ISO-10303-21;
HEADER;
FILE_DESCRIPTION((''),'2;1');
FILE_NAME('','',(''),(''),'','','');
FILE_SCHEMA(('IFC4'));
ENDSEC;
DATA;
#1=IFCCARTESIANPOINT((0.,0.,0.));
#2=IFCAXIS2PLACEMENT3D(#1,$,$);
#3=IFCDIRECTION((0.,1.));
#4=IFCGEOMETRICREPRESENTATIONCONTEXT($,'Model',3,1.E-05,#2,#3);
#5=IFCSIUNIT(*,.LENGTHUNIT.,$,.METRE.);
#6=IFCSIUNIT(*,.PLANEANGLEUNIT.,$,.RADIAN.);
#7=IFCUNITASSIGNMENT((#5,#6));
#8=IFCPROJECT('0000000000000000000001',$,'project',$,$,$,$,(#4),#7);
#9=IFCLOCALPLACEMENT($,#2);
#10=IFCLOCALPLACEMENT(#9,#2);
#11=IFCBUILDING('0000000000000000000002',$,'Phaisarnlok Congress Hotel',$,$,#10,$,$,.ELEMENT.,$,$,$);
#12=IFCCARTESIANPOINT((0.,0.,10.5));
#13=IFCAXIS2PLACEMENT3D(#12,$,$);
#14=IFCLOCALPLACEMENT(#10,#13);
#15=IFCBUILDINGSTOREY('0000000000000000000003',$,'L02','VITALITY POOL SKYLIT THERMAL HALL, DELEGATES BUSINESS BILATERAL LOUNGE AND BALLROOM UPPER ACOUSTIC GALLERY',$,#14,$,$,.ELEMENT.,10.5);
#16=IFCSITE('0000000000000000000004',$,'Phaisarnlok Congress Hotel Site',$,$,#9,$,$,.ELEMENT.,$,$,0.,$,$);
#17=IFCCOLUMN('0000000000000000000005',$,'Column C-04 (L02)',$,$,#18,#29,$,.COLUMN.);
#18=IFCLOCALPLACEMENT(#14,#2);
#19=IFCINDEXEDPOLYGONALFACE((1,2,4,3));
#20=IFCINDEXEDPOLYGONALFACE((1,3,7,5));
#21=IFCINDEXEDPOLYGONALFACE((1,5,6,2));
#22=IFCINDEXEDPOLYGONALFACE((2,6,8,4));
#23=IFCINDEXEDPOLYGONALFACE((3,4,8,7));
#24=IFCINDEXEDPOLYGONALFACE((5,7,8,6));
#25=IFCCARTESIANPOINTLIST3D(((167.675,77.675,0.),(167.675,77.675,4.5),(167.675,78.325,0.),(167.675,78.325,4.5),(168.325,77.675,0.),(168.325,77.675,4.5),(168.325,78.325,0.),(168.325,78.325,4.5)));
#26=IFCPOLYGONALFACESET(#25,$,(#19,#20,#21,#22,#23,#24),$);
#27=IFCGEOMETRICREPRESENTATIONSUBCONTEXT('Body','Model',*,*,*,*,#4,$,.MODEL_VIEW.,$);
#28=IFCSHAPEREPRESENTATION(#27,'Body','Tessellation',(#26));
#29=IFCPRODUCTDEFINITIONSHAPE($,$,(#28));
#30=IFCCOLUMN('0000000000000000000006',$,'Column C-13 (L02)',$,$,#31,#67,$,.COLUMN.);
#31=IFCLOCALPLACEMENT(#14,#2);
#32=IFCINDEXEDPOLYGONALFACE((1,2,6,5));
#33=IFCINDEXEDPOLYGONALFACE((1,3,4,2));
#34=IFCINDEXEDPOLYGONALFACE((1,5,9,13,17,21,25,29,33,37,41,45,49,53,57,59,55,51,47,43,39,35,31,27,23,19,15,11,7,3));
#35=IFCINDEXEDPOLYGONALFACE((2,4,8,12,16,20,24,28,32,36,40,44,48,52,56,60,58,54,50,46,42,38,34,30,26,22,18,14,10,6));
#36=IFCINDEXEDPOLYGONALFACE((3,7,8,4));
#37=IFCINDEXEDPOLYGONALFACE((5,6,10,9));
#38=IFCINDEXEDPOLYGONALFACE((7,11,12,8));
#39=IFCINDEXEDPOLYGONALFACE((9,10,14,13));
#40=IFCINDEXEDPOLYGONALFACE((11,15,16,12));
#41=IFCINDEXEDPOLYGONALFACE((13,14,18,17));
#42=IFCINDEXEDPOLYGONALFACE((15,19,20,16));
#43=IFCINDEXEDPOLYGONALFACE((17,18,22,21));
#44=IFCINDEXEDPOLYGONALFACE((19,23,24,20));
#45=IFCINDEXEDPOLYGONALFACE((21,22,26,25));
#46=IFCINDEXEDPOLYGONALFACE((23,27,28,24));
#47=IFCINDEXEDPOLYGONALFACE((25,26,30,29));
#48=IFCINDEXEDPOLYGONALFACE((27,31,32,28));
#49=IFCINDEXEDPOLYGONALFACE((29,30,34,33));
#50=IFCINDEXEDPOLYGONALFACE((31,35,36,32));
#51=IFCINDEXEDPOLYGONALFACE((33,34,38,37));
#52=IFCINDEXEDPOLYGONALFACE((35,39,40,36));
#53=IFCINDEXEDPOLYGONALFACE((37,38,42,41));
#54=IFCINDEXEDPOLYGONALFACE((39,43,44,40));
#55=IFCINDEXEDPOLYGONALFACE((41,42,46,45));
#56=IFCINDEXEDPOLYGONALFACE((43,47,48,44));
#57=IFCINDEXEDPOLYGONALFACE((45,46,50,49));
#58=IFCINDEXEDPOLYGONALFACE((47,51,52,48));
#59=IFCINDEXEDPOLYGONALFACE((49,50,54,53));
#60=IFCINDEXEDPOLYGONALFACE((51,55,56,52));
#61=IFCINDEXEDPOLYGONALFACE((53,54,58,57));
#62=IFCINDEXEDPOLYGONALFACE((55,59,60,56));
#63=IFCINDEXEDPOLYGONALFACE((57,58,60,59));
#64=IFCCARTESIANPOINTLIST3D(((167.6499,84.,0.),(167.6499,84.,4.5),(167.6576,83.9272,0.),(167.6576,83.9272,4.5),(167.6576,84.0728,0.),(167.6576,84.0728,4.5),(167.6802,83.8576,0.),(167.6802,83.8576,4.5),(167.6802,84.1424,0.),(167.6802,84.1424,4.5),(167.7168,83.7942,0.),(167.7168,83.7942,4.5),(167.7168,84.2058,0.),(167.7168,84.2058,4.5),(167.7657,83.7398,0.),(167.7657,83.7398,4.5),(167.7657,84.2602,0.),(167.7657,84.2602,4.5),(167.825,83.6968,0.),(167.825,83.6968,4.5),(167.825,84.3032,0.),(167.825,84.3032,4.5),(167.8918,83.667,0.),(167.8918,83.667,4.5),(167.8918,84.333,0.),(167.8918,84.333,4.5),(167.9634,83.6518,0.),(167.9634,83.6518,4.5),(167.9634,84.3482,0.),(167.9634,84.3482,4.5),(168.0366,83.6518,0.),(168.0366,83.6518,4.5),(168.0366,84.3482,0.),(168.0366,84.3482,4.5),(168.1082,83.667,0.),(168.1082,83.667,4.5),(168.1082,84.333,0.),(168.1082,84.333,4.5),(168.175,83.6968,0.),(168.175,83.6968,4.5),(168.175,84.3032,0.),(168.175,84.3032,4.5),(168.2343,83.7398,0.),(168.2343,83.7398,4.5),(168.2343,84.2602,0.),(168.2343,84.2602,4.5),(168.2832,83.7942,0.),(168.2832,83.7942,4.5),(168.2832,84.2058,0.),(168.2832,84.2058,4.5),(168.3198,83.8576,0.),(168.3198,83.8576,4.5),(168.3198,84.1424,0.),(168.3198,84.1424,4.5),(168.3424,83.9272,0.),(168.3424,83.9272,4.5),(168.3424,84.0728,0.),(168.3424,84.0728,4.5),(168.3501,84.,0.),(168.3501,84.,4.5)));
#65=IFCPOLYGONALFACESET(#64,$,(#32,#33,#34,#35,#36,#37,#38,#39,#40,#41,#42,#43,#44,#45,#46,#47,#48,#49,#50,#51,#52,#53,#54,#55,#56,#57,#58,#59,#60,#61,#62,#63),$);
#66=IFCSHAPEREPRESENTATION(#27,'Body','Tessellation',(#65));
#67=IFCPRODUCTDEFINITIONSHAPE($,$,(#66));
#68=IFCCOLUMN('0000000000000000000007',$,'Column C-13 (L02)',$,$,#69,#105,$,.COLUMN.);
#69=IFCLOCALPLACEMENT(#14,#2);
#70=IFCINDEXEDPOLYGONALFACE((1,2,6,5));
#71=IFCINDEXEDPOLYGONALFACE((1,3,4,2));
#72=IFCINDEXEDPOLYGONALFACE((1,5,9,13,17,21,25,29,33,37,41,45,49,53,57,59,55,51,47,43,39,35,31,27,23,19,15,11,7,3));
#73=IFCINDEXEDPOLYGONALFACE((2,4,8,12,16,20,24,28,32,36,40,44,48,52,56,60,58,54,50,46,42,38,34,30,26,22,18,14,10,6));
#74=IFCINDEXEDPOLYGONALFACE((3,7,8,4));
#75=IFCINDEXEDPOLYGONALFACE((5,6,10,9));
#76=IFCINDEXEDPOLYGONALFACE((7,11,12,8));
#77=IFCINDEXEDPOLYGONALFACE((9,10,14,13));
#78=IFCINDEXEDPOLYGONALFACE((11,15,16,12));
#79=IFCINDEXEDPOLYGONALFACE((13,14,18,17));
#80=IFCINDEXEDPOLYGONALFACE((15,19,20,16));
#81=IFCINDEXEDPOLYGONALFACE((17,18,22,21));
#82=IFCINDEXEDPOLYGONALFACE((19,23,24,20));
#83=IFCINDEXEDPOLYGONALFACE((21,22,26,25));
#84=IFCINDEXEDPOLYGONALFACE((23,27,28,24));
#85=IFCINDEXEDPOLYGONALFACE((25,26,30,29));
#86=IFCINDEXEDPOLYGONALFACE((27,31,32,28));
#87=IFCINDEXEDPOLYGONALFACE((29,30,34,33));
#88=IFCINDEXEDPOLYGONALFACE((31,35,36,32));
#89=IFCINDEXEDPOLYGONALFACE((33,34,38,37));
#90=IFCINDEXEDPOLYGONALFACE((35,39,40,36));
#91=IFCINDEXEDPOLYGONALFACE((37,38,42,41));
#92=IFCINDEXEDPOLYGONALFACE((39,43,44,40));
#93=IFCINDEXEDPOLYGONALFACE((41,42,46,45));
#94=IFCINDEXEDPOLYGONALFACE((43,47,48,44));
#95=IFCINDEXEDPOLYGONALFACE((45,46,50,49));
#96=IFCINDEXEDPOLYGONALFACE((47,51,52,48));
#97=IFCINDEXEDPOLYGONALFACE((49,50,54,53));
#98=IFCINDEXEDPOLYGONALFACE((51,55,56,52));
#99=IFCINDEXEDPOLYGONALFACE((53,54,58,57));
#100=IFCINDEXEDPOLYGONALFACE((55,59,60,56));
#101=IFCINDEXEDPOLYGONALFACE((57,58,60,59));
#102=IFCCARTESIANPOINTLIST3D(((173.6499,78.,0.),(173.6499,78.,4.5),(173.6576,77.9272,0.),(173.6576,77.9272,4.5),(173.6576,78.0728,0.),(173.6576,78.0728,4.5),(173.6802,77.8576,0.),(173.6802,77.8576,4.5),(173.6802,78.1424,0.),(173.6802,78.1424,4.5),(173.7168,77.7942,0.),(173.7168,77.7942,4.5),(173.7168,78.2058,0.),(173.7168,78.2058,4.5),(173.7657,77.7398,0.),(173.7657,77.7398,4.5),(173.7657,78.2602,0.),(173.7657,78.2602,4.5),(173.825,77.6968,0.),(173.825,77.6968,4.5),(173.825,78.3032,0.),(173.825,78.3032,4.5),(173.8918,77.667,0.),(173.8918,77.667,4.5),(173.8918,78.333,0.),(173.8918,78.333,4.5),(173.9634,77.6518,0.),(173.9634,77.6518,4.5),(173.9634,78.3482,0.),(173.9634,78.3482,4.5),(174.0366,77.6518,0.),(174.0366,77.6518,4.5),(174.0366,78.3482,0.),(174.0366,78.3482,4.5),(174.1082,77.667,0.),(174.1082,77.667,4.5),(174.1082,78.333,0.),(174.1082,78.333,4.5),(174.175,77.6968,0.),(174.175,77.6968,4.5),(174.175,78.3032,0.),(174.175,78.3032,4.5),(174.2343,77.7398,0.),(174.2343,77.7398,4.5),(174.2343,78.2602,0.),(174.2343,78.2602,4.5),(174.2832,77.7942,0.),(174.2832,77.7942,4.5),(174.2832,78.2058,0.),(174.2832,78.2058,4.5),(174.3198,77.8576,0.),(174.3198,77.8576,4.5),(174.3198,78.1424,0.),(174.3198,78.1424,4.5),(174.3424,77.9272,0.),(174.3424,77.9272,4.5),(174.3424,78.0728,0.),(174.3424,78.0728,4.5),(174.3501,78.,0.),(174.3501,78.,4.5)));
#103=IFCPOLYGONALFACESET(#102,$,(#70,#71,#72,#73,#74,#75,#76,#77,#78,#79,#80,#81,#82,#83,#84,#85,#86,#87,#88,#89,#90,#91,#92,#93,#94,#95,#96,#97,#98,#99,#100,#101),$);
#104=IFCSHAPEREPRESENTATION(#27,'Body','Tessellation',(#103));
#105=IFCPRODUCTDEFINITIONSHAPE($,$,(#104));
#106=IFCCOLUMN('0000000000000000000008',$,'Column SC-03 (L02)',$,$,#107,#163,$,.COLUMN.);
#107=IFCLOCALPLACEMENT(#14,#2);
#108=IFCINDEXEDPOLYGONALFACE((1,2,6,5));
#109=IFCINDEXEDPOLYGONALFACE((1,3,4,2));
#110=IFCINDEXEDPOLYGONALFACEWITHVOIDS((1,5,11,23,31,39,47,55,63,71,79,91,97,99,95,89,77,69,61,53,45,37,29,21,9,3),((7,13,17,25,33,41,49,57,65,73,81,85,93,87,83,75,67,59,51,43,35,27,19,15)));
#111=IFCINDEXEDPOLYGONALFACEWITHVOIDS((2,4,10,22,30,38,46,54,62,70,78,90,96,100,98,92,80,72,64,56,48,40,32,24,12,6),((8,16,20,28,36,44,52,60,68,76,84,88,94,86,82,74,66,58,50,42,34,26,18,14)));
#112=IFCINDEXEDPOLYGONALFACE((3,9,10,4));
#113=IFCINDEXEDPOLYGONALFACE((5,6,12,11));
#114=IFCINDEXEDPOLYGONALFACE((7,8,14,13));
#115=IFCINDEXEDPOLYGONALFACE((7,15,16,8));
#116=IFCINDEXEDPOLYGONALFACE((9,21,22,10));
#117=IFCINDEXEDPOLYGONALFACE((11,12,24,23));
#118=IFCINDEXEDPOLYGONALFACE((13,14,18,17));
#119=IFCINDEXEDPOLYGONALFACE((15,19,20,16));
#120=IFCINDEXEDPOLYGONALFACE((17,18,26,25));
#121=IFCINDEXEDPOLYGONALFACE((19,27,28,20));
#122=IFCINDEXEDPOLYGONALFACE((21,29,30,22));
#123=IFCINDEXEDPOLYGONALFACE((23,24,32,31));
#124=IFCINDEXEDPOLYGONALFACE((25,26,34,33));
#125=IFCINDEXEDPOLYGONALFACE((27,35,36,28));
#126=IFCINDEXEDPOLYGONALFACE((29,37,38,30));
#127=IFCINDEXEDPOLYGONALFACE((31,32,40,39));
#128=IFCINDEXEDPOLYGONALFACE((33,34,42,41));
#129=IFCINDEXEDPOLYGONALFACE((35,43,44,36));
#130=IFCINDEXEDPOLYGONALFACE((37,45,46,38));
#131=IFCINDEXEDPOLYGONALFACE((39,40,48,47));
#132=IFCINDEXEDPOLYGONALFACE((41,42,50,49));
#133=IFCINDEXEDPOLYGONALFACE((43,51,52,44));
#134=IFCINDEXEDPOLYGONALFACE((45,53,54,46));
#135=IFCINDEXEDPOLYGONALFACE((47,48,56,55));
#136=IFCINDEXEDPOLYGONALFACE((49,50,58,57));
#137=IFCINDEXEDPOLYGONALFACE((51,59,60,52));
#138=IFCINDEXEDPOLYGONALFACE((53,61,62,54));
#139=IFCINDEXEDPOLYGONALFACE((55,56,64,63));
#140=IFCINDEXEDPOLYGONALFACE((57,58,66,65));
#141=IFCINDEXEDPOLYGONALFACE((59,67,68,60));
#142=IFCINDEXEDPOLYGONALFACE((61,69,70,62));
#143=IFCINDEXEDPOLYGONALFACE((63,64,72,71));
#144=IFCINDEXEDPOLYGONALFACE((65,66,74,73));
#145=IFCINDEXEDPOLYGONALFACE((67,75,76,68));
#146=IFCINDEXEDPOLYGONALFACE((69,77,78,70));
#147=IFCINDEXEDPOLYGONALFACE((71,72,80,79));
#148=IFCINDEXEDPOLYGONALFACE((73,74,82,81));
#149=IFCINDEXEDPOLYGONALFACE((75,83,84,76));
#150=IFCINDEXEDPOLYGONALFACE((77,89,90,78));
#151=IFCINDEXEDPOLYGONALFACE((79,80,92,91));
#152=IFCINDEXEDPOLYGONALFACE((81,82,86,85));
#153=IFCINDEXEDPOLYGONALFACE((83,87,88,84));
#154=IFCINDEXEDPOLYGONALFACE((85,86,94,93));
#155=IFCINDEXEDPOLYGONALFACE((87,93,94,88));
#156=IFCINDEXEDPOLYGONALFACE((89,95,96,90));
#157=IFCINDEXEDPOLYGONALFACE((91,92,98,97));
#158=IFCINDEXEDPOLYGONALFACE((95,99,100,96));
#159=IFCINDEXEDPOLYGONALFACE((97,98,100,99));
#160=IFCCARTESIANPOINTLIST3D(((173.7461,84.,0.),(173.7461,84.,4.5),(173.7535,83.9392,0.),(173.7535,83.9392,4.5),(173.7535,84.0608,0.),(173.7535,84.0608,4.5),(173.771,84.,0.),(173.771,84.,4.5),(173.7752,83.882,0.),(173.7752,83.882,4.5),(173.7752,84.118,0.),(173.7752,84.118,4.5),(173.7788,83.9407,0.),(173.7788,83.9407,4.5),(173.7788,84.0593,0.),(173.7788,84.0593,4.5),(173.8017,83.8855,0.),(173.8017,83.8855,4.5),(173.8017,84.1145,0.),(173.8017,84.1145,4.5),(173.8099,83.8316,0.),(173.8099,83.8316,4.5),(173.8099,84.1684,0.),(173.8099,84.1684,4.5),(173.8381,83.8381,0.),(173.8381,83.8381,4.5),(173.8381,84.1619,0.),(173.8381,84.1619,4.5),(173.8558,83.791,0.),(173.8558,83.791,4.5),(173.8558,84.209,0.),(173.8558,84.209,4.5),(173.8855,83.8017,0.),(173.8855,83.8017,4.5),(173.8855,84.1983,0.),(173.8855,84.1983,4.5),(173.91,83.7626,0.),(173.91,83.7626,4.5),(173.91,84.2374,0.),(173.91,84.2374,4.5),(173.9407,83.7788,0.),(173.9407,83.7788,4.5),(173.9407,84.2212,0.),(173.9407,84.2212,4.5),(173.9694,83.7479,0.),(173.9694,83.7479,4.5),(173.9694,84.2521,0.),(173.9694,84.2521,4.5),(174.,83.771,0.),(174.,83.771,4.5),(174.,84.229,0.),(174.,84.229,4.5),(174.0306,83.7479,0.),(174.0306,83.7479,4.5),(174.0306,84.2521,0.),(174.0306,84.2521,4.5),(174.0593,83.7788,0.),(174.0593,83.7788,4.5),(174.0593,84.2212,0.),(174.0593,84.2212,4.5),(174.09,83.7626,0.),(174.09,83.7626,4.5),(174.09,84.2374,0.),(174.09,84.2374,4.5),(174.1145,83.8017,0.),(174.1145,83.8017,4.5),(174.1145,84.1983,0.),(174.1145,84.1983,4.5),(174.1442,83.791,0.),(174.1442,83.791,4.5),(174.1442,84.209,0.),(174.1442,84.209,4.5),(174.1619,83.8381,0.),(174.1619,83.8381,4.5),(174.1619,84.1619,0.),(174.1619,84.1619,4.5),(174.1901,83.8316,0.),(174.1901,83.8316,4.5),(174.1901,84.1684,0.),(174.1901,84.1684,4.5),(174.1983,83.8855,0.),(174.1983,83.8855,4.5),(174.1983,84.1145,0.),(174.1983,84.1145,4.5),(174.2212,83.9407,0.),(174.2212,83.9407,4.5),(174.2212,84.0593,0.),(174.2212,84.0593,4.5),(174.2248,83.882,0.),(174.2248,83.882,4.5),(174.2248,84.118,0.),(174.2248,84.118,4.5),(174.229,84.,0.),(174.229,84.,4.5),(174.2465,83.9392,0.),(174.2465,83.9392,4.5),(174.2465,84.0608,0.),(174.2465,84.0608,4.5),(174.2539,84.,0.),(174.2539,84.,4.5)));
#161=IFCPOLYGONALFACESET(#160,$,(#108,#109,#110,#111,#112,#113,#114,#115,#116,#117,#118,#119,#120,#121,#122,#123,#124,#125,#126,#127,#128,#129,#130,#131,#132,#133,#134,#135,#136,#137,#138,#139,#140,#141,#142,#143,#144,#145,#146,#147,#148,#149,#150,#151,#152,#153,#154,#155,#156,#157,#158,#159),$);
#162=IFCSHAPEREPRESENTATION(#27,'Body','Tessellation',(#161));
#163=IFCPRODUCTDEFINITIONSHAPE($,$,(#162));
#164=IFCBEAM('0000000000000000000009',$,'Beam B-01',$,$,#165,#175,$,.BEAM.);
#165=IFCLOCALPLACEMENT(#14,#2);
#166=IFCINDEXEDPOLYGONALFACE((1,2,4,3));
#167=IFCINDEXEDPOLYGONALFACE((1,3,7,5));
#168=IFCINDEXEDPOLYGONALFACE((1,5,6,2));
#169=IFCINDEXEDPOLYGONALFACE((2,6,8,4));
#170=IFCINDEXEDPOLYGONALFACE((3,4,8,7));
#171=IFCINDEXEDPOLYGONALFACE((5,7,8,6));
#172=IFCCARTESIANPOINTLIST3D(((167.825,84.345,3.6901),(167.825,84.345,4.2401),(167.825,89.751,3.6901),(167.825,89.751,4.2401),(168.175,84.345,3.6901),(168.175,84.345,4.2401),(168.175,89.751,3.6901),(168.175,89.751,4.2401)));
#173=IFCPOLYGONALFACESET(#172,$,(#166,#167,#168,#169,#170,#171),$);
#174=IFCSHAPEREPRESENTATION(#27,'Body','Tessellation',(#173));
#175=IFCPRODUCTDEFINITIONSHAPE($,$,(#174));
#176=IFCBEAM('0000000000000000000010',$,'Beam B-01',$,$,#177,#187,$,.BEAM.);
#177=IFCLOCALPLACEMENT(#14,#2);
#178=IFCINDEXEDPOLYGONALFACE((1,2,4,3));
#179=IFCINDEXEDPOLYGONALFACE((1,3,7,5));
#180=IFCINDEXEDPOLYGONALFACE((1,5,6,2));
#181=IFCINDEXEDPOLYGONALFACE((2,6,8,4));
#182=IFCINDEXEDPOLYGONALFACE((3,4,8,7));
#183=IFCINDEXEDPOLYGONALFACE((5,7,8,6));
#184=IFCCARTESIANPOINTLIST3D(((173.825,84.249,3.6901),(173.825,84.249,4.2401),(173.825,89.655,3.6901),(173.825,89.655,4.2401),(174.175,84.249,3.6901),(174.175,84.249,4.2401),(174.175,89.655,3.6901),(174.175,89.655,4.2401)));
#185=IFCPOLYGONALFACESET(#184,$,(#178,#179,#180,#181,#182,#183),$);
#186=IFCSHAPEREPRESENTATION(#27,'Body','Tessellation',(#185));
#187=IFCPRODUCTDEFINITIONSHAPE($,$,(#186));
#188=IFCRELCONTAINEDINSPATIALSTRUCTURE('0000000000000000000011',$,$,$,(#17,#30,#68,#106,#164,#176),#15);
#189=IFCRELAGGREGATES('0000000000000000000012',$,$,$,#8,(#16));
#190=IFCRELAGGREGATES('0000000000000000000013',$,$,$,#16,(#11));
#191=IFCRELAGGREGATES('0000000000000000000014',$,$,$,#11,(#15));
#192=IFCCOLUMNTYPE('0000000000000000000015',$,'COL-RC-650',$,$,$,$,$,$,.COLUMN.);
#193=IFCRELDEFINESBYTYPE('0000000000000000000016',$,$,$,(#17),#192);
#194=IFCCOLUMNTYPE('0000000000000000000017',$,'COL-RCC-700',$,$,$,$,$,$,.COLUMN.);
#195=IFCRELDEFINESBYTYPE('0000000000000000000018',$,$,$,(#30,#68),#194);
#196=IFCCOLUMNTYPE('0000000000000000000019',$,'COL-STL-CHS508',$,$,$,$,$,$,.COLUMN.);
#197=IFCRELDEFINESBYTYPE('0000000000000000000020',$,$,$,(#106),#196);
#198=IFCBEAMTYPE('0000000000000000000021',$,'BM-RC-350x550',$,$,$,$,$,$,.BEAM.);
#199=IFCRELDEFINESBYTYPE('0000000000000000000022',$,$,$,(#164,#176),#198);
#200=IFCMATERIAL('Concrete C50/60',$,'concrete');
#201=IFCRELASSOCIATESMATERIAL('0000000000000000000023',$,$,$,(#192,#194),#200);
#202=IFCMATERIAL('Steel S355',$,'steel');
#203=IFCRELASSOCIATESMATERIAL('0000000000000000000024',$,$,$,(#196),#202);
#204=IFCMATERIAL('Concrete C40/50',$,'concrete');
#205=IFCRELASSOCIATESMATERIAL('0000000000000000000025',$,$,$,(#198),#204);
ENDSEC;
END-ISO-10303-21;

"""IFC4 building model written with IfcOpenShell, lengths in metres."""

from ifc_helpers import new_model, si_unit, direction, frame, origin, origin_2d, place, context, subcontext, project, spatial, rectangle, circle, hollow_circle, extrude, material, material_profile, profile_set, type_object, element, save


model = new_model("IFC4")

# Units and contexts
model_context = context("Model", 3, precision=1e-05, world=origin(), true_north=direction((0.0, 1.0)))
body_context = subcontext(model_context, "Body", "Model", "MODEL_VIEW")
ifc_project = project(units=[si_unit("LENGTHUNIT", "METRE"), si_unit("PLANEANGLEUNIT", "RADIAN")], contexts=[model_context])

# Site, building, storey
site_placement = place(None, origin())
site = spatial("IfcSite", under=ifc_project, at=site_placement, Name="Phaisarnlok Congress Hotel Site", CompositionType="ELEMENT", RefElevation=0.0)
building_placement = place(site_placement, origin())
building = spatial("IfcBuilding", under=site, at=building_placement, Name="Phaisarnlok Congress Hotel", CompositionType="ELEMENT")
storey_placement = place(building_placement, frame((0.0, 0.0, 10.5)))
storey = spatial("IfcBuildingStorey", under=building, at=storey_placement, Name="L02", Description="VITALITY POOL SKYLIT THERMAL HALL, DELEGATES BUSINESS BILATERAL LOUNGE AND BALLROOM UPPER ACOUSTIC GALLERY", CompositionType="ELEMENT", Elevation=10.5)

# Columns
ifc_material_1 = material(Name="Concrete C50/60", Category="concrete")
ifc_material_profile_1 = material_profile(ifc_material_1, rectangle(XDim=0.6499, YDim=0.6499, at=origin_2d()), Name="RC 650x650")
ifc_profile_set_1 = profile_set([ifc_material_profile_1], Name="Concrete C50/60")
column_type_1 = type_object("IfcColumnType", Name="COL-RC-650", PredefinedType="COLUMN", material=ifc_profile_set_1)
column_1_placement = place(storey_placement, frame((168.0, 78.0, 0.0), z_axis=(0.0, 0.0, 1.0), x_axis=(1.0, 0.0, 0.0)))
element("IfcColumn", 1, at=column_1_placement, inside=storey, type_object=column_type_1, Name="Column C-04 (L02)", PredefinedType="COLUMN", context=body_context, shape_type="SweptSolid", body=[
    extrude(rectangle(XDim=0.6499, YDim=0.6499, at=origin_2d()), origin(), (0.0, 0.0, 1.0), 4.5),
])
ifc_material_profile_2 = material_profile(ifc_material_1, circle(Radius=0.3501, at=origin_2d()), Name="RCC D700")
ifc_profile_set_2 = profile_set([ifc_material_profile_2], Name="Concrete C50/60")
column_type_2 = type_object("IfcColumnType", Name="COL-RCC-700", PredefinedType="COLUMN", material=ifc_profile_set_2)
for number, where, z_axis, x_axis, name in (
    (2, (168.0, 84.0, 0.0), (0.0, 0.0, 1.0), (1.0, 0.0, 0.0), "Column C-13 (L02)"),
    (3, (174.0, 78.0, 0.0), (0.0, 0.0, 1.0), (1.0, 0.0, 0.0), "Column C-13 (L02)"),
):
    element("IfcColumn", number, at=place(storey_placement, frame(where, z_axis=z_axis, x_axis=x_axis)), inside=storey, type_object=column_type_2, Name=name, PredefinedType="COLUMN", context=body_context, shape_type="SweptSolid", body=[
        extrude(circle(Radius=0.3501, at=origin_2d()), origin(), (0.0, 0.0, 1.0), 4.5),
    ])
ifc_material_2 = material(Name="Steel S355", Category="steel")
ifc_material_profile_3 = material_profile(ifc_material_2, hollow_circle(Radius=0.2539, WallThickness=0.0249, at=origin_2d()), Name="CHS 508x25")
ifc_profile_set_3 = profile_set([ifc_material_profile_3], Name="Steel S355")
column_type_3 = type_object("IfcColumnType", Name="COL-STL-CHS508", PredefinedType="COLUMN", material=ifc_profile_set_3)
column_2_placement = place(storey_placement, frame((174.0, 84.0, 0.0), z_axis=(0.0, 0.0, 1.0), x_axis=(1.0, 0.0, 0.0)))
element("IfcColumn", 4, at=column_2_placement, inside=storey, type_object=column_type_3, Name="Column SC-03 (L02)", PredefinedType="COLUMN", context=body_context, shape_type="SweptSolid", body=[
    extrude(hollow_circle(Radius=0.2539, WallThickness=0.0249, at=origin_2d()), origin(), (0.0, 0.0, 1.0), 4.5),
])

# Beams
ifc_material_3 = material(Name="Concrete C40/50", Category="concrete")
ifc_material_profile_4 = material_profile(ifc_material_3, rectangle(XDim=0.3501, YDim=0.55, at=origin_2d()), Name="RC 350x550")
ifc_profile_set_4 = profile_set([ifc_material_profile_4], Name="Concrete C40/50")
beam_type_1 = type_object("IfcBeamType", Name="BM-RC-350x550", PredefinedType="BEAM", material=ifc_profile_set_4)
for number, where, z_axis, x_axis, name in (
    (5, (168.0, 84.345, 3.9651), (0.0, 1.0, 0.0), (-1.0, 0.0, 0.0), "Beam B-01"),
    (6, (174.0, 84.249, 3.9651), (0.0, 1.0, 0.0), (-1.0, 0.0, 0.0), "Beam B-01"),
):
    element("IfcBeam", number, at=place(storey_placement, frame(where, z_axis=z_axis, x_axis=x_axis)), inside=storey, type_object=beam_type_1, Name=name, PredefinedType="BEAM", context=body_context, shape_type="SweptSolid", body=[
        extrude(rectangle(XDim=0.3501, YDim=0.55, at=origin_2d()), origin(), (0.0, 0.0, 1.0), 5.406),
    ])

save(model, "model.ifc")
